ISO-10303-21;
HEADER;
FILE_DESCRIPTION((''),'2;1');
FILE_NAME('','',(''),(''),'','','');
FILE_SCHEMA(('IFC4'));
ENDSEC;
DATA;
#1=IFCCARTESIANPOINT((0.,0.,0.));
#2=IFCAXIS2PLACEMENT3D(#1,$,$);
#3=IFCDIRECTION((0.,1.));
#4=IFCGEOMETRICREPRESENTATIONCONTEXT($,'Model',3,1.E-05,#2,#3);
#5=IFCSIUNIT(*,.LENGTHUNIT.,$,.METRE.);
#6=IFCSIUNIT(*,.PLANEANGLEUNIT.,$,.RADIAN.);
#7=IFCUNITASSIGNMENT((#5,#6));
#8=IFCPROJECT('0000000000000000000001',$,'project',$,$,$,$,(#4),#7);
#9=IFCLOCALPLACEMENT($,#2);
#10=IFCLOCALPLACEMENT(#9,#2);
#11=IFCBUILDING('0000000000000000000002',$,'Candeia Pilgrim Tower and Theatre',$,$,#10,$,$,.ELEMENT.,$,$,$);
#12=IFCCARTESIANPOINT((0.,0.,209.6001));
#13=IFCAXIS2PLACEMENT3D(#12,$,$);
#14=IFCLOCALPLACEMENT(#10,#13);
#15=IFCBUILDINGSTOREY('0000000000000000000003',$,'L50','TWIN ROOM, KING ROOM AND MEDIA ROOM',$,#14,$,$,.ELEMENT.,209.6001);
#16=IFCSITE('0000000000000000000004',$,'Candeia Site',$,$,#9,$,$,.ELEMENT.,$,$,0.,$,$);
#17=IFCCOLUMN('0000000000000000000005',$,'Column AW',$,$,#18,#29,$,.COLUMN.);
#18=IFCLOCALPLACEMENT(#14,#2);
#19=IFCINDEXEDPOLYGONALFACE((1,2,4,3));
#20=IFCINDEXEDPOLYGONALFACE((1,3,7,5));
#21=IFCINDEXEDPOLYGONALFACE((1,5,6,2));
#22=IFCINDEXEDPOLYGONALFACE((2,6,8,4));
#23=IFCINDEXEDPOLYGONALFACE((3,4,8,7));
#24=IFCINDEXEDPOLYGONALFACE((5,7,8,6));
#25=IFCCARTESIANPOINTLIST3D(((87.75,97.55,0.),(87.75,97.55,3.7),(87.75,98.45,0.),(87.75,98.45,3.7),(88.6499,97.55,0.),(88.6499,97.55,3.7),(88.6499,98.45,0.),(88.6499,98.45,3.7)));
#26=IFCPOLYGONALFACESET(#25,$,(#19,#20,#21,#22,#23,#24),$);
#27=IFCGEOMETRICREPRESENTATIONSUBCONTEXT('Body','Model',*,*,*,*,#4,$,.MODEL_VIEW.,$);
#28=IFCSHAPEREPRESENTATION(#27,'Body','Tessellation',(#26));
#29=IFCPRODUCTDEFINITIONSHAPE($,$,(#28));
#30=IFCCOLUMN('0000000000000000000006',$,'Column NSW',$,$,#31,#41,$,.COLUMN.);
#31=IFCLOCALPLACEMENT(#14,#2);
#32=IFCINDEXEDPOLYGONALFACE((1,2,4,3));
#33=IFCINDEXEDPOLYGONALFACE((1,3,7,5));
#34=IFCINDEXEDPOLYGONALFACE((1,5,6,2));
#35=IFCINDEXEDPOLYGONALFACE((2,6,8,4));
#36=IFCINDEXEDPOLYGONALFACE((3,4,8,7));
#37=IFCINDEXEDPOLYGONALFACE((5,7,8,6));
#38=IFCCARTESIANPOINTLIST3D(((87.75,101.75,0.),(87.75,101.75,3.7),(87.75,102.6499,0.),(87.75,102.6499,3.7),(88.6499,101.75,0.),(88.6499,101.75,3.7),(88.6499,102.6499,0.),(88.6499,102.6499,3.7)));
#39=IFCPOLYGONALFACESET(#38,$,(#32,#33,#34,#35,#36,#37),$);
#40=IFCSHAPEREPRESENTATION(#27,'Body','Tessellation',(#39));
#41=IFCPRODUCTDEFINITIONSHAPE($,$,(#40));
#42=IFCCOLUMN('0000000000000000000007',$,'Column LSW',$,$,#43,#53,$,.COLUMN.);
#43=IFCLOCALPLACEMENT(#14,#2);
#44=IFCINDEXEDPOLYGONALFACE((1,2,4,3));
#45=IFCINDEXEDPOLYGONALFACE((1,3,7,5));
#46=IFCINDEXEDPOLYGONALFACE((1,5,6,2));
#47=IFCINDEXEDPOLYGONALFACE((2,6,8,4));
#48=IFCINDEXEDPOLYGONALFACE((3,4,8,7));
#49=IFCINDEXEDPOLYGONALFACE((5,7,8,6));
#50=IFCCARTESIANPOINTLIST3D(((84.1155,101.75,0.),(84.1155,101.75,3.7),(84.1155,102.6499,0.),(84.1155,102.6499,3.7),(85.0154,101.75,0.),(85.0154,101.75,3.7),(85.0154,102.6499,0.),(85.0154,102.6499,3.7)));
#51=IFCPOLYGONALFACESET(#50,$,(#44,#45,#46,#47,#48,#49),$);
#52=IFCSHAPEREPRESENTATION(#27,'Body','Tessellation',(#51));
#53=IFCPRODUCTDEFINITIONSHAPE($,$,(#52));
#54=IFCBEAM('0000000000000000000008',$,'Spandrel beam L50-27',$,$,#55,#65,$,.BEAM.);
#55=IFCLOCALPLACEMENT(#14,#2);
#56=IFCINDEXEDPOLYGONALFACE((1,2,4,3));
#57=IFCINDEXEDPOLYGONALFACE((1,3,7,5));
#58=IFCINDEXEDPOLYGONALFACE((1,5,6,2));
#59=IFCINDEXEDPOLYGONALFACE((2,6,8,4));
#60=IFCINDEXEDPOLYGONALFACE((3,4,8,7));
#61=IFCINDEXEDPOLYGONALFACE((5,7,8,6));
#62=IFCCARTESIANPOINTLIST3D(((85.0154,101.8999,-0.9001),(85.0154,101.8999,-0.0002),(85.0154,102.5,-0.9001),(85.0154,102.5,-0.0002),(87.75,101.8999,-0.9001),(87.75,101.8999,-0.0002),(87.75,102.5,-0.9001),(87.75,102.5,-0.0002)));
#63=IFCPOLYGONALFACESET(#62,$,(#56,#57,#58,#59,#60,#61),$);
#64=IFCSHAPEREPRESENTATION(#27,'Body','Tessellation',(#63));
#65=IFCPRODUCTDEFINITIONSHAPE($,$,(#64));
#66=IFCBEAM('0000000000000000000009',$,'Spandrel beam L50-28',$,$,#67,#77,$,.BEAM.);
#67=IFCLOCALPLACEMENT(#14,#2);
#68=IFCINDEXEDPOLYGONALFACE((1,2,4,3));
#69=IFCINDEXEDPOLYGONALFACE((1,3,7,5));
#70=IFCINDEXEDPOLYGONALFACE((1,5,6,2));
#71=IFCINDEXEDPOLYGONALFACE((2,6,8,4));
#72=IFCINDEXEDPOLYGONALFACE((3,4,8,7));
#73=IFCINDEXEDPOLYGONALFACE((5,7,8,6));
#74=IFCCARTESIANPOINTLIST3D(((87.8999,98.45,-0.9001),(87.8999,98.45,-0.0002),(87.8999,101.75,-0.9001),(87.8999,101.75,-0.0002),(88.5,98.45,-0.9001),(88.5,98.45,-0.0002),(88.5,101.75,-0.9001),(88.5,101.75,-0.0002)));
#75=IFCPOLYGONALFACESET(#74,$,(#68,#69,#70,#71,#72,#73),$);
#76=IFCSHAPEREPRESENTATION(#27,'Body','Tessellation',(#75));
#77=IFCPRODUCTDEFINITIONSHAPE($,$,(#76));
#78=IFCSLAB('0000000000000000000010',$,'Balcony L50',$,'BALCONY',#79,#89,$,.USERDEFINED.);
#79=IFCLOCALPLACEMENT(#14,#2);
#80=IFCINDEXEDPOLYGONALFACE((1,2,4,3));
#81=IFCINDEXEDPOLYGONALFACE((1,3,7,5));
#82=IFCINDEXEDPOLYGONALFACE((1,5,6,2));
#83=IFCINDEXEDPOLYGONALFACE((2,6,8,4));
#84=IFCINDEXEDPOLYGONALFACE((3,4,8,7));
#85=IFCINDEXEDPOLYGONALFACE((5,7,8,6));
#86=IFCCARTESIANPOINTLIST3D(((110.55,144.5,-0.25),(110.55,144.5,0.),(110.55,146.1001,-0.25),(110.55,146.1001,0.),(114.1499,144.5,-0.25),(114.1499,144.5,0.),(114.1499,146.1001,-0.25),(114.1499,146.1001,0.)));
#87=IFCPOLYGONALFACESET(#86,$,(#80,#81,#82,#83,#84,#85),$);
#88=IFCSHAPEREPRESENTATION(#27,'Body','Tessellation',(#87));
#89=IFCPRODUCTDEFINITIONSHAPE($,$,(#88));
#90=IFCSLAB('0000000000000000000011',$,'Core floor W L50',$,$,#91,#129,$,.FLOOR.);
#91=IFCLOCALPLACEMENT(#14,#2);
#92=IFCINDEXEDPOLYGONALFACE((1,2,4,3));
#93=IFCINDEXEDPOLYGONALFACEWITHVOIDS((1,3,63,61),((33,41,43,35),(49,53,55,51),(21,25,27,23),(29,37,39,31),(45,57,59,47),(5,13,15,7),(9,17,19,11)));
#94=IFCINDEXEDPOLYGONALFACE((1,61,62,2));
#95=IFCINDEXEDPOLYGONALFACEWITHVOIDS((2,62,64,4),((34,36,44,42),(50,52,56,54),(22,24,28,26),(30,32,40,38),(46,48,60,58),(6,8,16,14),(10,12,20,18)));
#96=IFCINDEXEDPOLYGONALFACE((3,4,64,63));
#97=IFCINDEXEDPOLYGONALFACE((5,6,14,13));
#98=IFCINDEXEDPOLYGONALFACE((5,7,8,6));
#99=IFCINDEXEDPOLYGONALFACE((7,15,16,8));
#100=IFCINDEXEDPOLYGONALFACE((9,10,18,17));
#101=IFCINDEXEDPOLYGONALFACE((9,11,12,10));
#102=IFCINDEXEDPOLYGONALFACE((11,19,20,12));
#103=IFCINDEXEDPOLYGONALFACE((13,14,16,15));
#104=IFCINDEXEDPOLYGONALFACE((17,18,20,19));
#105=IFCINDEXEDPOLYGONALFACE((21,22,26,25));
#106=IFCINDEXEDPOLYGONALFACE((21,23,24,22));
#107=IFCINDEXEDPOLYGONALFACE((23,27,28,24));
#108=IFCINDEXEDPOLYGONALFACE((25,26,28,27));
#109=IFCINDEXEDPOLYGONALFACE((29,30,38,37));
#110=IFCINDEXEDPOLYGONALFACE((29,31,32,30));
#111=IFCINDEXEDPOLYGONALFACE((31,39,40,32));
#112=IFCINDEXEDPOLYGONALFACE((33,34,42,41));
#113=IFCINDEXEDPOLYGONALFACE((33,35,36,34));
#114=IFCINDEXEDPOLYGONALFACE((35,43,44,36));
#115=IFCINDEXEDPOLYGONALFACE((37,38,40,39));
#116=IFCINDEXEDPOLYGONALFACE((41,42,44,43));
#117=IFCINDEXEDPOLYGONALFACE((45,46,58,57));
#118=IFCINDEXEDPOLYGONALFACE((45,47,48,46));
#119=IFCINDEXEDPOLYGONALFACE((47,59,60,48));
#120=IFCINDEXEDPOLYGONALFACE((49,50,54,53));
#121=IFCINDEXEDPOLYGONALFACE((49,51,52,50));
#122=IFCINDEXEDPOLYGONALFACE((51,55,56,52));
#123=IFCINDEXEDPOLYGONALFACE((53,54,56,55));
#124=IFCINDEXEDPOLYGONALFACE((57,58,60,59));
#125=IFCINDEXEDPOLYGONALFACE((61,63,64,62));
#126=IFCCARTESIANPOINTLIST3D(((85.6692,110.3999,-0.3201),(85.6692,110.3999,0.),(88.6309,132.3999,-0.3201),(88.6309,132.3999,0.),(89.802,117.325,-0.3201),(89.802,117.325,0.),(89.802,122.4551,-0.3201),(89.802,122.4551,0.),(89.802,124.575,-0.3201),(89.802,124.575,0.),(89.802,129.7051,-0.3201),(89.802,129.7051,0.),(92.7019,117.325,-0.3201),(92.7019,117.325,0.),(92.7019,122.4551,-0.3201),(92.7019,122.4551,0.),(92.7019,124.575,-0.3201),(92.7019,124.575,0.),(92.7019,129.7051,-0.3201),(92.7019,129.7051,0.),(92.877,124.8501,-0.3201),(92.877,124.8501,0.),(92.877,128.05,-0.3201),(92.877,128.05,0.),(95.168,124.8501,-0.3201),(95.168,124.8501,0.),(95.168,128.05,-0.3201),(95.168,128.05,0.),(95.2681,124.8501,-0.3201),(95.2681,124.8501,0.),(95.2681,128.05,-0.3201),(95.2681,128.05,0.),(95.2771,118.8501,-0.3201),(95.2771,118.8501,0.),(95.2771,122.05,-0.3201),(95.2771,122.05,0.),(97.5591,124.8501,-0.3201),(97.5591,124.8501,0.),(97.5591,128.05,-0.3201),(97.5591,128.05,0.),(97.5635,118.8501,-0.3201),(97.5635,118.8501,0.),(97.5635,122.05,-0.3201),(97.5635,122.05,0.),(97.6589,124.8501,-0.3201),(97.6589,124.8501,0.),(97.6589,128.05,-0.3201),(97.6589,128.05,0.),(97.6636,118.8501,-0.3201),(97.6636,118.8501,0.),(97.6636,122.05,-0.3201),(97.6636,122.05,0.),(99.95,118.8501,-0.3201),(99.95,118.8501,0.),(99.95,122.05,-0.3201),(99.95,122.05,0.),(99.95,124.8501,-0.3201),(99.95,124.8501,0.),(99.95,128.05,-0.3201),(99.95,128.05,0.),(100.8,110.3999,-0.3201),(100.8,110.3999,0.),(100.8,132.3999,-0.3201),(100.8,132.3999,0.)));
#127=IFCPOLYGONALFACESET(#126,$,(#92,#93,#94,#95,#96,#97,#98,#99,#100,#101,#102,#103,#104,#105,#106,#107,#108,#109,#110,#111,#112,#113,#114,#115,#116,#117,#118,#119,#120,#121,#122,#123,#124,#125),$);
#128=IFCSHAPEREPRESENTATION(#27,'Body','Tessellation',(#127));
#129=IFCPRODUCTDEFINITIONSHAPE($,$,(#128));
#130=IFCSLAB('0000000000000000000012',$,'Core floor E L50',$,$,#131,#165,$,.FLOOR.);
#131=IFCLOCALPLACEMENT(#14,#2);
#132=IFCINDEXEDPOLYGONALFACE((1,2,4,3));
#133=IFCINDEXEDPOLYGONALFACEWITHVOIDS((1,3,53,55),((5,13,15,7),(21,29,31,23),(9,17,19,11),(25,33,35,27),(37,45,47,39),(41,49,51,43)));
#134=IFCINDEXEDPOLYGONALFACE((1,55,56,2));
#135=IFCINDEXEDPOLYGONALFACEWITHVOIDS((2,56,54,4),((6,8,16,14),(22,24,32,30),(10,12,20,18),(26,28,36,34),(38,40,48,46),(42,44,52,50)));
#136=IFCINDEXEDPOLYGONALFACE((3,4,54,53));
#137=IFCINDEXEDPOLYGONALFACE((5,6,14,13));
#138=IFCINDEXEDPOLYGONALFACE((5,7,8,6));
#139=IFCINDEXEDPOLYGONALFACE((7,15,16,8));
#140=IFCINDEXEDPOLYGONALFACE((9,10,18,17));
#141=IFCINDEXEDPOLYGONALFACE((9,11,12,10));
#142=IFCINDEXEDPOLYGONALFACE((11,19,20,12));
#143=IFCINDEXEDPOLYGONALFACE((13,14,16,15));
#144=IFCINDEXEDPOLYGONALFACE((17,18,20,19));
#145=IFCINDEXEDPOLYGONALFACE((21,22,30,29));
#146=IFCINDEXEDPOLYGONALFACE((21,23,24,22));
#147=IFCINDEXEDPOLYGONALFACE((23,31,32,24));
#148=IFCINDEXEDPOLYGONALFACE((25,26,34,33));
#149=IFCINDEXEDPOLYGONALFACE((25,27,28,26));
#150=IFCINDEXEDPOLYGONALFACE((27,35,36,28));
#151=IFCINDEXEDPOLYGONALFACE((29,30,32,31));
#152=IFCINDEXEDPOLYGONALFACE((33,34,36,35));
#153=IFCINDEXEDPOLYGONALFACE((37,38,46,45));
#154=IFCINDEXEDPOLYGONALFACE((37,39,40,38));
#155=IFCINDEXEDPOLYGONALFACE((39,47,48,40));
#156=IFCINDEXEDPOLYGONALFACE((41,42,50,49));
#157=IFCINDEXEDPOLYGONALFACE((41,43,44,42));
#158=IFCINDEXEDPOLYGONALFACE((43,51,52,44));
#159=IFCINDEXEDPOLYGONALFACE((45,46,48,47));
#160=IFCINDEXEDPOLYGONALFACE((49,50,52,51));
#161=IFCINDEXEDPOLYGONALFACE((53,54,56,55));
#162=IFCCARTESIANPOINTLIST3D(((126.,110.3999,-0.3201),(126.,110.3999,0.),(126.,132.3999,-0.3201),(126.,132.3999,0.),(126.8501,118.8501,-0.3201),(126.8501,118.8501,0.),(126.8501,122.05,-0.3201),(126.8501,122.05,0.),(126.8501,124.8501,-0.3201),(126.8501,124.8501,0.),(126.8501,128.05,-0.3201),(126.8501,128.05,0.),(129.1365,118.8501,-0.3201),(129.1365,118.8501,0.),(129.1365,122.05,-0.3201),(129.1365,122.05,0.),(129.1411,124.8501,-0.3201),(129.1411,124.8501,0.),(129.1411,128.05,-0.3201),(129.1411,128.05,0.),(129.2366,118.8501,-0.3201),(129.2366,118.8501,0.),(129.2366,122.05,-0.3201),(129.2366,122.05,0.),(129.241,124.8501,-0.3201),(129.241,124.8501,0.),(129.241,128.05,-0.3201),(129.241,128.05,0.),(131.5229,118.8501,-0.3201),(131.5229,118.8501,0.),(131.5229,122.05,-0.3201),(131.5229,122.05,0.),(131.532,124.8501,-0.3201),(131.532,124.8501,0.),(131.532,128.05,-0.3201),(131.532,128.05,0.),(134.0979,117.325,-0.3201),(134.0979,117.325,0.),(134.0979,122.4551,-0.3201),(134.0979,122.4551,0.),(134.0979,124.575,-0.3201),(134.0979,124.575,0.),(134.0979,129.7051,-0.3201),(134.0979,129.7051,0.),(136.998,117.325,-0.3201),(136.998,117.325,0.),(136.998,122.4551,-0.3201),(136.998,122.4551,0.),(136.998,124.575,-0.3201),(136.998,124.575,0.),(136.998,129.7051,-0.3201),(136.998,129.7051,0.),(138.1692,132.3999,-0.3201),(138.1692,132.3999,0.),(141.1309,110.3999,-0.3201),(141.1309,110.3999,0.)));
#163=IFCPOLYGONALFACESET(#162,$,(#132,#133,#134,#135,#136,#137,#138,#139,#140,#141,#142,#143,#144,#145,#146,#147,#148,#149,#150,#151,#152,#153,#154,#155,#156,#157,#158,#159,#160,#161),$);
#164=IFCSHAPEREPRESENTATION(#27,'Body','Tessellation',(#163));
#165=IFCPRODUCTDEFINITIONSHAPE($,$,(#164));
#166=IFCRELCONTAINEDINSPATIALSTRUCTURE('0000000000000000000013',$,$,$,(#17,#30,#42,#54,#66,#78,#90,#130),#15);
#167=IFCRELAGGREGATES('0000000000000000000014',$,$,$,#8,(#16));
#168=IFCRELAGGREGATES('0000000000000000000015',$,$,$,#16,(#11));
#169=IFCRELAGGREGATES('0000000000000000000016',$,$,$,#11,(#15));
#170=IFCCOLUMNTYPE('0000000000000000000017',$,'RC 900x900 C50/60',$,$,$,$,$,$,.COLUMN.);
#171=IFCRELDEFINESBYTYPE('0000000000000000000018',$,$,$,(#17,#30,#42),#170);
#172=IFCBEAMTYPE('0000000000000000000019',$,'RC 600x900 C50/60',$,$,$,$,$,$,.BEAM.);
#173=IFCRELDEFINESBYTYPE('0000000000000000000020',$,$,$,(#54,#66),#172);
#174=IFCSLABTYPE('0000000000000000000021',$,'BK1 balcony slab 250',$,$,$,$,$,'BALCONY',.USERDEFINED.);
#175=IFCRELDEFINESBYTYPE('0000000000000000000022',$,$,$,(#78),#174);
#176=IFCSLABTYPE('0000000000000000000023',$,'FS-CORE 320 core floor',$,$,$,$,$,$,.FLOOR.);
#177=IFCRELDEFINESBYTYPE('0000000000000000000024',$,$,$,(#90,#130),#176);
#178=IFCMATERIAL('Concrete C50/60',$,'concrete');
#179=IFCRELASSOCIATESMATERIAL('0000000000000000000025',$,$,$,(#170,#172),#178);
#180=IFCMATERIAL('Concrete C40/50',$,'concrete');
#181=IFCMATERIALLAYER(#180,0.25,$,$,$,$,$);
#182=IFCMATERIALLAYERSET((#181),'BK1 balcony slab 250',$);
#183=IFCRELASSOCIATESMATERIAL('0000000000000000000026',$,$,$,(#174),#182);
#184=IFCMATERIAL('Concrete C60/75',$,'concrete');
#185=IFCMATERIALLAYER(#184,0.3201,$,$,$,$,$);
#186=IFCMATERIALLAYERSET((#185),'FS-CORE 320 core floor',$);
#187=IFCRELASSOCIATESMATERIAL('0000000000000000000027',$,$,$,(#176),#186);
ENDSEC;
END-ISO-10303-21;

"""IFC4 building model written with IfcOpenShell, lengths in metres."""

from ifc_helpers import new_model, si_unit, direction, frame, origin, origin_2d, place, context, subcontext, project, spatial, polyline, rectangle, outline, extrude, material, layer, layer_set, material_profile, profile_set, type_object, element, save


model = new_model("IFC4")

# Units and contexts
model_context = context("Model", 3, precision=1e-05, world=origin(), true_north=direction((0.0, 1.0)))
body_context = subcontext(model_context, "Body", "Model", "MODEL_VIEW")
ifc_project = project(units=[si_unit("LENGTHUNIT", "METRE"), si_unit("PLANEANGLEUNIT", "RADIAN")], contexts=[model_context])

# Site, building, storey
site_placement = place(None, origin())
site = spatial("IfcSite", under=ifc_project, at=site_placement, Name="Candeia Site", CompositionType="ELEMENT", RefElevation=0.0)
building_placement = place(site_placement, origin())
building = spatial("IfcBuilding", under=site, at=building_placement, Name="Candeia Pilgrim Tower and Theatre", CompositionType="ELEMENT")
storey_placement = place(building_placement, frame((0.0, 0.0, 209.6001)))
storey = spatial("IfcBuildingStorey", under=building, at=storey_placement, Name="L50", Description="TWIN ROOM, KING ROOM AND MEDIA ROOM", CompositionType="ELEMENT", Elevation=209.6001)

# Columns
ifc_material_1 = material(Name="Concrete C50/60", Category="concrete")
ifc_material_profile_1 = material_profile(ifc_material_1, rectangle(XDim=0.8999, YDim=0.8999, at=origin_2d()))
ifc_profile_set_1 = profile_set([ifc_material_profile_1], Name="Concrete C50/60")
column_type = type_object("IfcColumnType", Name="RC 900x900 C50/60", PredefinedType="COLUMN", material=ifc_profile_set_1)
for number, where, z_axis, x_axis, name in (
    (1, (88.2, 98.0, 0.0), (0.0, 0.0, 1.0), (1.0, 0.0, 0.0), "Column AW"),
    (2, (88.2, 102.2, 0.0), (0.0, 0.0, 1.0), (1.0, 0.0, 0.0), "Column NSW"),
    (3, (84.5654, 102.2, 0.0), (0.0, 0.0, 1.0), (1.0, 0.0, 0.0), "Column LSW"),
):
    element("IfcColumn", number, at=place(storey_placement, frame(where, z_axis=z_axis, x_axis=x_axis)), inside=storey, type_object=column_type, Name=name, PredefinedType="COLUMN", context=body_context, shape_type="SweptSolid", body=[
        extrude(rectangle(XDim=0.8999, YDim=0.8999, at=origin_2d()), origin(), (0.0, 0.0, 1.0), 3.7),
    ])

# Beams
ifc_material_profile_2 = material_profile(ifc_material_1, rectangle(XDim=0.6001, YDim=0.8999, at=origin_2d()))
ifc_profile_set_2 = profile_set([ifc_material_profile_2], Name="Concrete C50/60")
beam_type = type_object("IfcBeamType", Name="RC 600x900 C50/60", PredefinedType="BEAM", material=ifc_profile_set_2)
beam_1_placement = place(storey_placement, frame((85.0154, 102.2, -0.4502), z_axis=(1.0, 0.0, 0.0), x_axis=(0.0, 1.0, 0.0)))
element("IfcBeam", 4, at=beam_1_placement, inside=storey, type_object=beam_type, Name="Spandrel beam L50-27", PredefinedType="BEAM", context=body_context, shape_type="SweptSolid", body=[
    extrude(rectangle(XDim=0.6001, YDim=0.8999, at=origin_2d()), origin(), (0.0, 0.0, 1.0), 2.7346),
])
beam_2_placement = place(storey_placement, frame((88.2, 101.75, -0.4502), z_axis=(0.0, -1.0, 0.0), x_axis=(1.0, 0.0, 0.0)))
element("IfcBeam", 5, at=beam_2_placement, inside=storey, type_object=beam_type, Name="Spandrel beam L50-28", PredefinedType="BEAM", context=body_context, shape_type="SweptSolid", body=[
    extrude(rectangle(XDim=0.6001, YDim=0.8999, at=origin_2d()), origin(), (0.0, 0.0, 1.0), 3.3),
])

# Slabs
ifc_material_2 = material(Name="Concrete C40/50", Category="concrete")
ifc_layer_1 = layer(ifc_material_2, 0.25)
ifc_layer_set_1 = layer_set([ifc_layer_1], Name="BK1 balcony slab 250")
slab_type_1 = type_object("IfcSlabType", Name="BK1 balcony slab 250", ElementType="BALCONY", PredefinedType="USERDEFINED", material=ifc_layer_set_1)
slab_1_placement = place(storey_placement, frame((0.0, 0.0, -0.25)))
element("IfcSlab", 6, at=slab_1_placement, inside=storey, type_object=slab_type_1, Name="Balcony L50", ObjectType="BALCONY", PredefinedType="USERDEFINED", context=body_context, shape_type="SweptSolid", body=[
    extrude(outline(polyline([(110.55, 144.5), (114.1499, 144.5), (114.1499, 146.1001), (110.55, 146.1001), (110.55, 144.5)])), origin(), (0.0, 0.0, 1.0), 0.25),
])
ifc_material_3 = material(Name="Concrete C60/75", Category="concrete")
ifc_layer_2 = layer(ifc_material_3, 0.3201)
ifc_layer_set_2 = layer_set([ifc_layer_2], Name="FS-CORE 320 core floor")
slab_type_2 = type_object("IfcSlabType", Name="FS-CORE 320 core floor", PredefinedType="FLOOR", material=ifc_layer_set_2)
slab_2_placement = place(storey_placement, frame((0.0, 0.0, -0.3201)))
element("IfcSlab", 7, at=slab_2_placement, inside=storey, type_object=slab_type_2, Name="Core floor W L50", PredefinedType="FLOOR", context=body_context, shape_type="SweptSolid", body=[
    extrude(outline(polyline([(100.8, 132.3999), (100.8, 110.3999), (85.6692, 110.3999), (88.6309, 132.3999), (100.8, 132.3999)]), holes=[polyline([(97.6589, 128.05), (97.6589, 124.8501), (99.95, 124.8501), (99.95, 128.05), (97.6589, 128.05)]), polyline([(97.6636, 122.05), (97.6636, 118.8501), (99.95, 118.8501), (99.95, 122.05), (97.6636, 122.05)]), polyline([(95.2771, 122.05), (95.2771, 118.8501), (97.5635, 118.8501), (97.5635, 122.05), (95.2771, 122.05)]), polyline([(95.2681, 128.05), (95.2681, 124.8501), (97.5591, 124.8501), (97.5591, 128.05), (95.2681, 128.05)]), polyline([(92.877, 128.05), (92.877, 124.8501), (95.168, 124.8501), (95.168, 128.05), (92.877, 128.05)]), polyline([(89.802, 117.325), (92.7019, 117.325), (92.7019, 122.4551), (89.802, 122.4551), (89.802, 117.325)]), polyline([(89.802, 129.7051), (89.802, 124.575), (92.7019, 124.575), (92.7019, 129.7051), (89.802, 129.7051)])]), origin(), (0.0, 0.0, 1.0), 0.3201),
])
slab_3_placement = place(storey_placement, frame((0.0, 0.0, -0.3201)))
element("IfcSlab", 8, at=slab_3_placement, inside=storey, type_object=slab_type_2, Name="Core floor E L50", PredefinedType="FLOOR", context=body_context, shape_type="SweptSolid", body=[
    extrude(outline(polyline([(138.1692, 132.3999), (141.1309, 110.3999), (126.0, 110.3999), (126.0, 132.3999), (138.1692, 132.3999)]), holes=[polyline([(134.0979, 117.325), (136.998, 117.325), (136.998, 122.4551), (134.0979, 122.4551), (134.0979, 117.325)]), polyline([(134.0979, 129.7051), (134.0979, 124.575), (136.998, 124.575), (136.998, 129.7051), (134.0979, 129.7051)]), polyline([(131.532, 128.05), (129.241, 128.05), (129.241, 124.8501), (131.532, 124.8501), (131.532, 128.05)]), polyline([(131.5229, 122.05), (129.2366, 122.05), (129.2366, 118.8501), (131.5229, 118.8501), (131.5229, 122.05)]), polyline([(126.8501, 128.05), (126.8501, 124.8501), (129.1411, 124.8501), (129.1411, 128.05), (126.8501, 128.05)]), polyline([(129.1365, 122.05), (126.8501, 122.05), (126.8501, 118.8501), (129.1365, 118.8501), (129.1365, 122.05)])]), origin(), (0.0, 0.0, 1.0), 0.3201),
])

save(model, "model.ifc")
